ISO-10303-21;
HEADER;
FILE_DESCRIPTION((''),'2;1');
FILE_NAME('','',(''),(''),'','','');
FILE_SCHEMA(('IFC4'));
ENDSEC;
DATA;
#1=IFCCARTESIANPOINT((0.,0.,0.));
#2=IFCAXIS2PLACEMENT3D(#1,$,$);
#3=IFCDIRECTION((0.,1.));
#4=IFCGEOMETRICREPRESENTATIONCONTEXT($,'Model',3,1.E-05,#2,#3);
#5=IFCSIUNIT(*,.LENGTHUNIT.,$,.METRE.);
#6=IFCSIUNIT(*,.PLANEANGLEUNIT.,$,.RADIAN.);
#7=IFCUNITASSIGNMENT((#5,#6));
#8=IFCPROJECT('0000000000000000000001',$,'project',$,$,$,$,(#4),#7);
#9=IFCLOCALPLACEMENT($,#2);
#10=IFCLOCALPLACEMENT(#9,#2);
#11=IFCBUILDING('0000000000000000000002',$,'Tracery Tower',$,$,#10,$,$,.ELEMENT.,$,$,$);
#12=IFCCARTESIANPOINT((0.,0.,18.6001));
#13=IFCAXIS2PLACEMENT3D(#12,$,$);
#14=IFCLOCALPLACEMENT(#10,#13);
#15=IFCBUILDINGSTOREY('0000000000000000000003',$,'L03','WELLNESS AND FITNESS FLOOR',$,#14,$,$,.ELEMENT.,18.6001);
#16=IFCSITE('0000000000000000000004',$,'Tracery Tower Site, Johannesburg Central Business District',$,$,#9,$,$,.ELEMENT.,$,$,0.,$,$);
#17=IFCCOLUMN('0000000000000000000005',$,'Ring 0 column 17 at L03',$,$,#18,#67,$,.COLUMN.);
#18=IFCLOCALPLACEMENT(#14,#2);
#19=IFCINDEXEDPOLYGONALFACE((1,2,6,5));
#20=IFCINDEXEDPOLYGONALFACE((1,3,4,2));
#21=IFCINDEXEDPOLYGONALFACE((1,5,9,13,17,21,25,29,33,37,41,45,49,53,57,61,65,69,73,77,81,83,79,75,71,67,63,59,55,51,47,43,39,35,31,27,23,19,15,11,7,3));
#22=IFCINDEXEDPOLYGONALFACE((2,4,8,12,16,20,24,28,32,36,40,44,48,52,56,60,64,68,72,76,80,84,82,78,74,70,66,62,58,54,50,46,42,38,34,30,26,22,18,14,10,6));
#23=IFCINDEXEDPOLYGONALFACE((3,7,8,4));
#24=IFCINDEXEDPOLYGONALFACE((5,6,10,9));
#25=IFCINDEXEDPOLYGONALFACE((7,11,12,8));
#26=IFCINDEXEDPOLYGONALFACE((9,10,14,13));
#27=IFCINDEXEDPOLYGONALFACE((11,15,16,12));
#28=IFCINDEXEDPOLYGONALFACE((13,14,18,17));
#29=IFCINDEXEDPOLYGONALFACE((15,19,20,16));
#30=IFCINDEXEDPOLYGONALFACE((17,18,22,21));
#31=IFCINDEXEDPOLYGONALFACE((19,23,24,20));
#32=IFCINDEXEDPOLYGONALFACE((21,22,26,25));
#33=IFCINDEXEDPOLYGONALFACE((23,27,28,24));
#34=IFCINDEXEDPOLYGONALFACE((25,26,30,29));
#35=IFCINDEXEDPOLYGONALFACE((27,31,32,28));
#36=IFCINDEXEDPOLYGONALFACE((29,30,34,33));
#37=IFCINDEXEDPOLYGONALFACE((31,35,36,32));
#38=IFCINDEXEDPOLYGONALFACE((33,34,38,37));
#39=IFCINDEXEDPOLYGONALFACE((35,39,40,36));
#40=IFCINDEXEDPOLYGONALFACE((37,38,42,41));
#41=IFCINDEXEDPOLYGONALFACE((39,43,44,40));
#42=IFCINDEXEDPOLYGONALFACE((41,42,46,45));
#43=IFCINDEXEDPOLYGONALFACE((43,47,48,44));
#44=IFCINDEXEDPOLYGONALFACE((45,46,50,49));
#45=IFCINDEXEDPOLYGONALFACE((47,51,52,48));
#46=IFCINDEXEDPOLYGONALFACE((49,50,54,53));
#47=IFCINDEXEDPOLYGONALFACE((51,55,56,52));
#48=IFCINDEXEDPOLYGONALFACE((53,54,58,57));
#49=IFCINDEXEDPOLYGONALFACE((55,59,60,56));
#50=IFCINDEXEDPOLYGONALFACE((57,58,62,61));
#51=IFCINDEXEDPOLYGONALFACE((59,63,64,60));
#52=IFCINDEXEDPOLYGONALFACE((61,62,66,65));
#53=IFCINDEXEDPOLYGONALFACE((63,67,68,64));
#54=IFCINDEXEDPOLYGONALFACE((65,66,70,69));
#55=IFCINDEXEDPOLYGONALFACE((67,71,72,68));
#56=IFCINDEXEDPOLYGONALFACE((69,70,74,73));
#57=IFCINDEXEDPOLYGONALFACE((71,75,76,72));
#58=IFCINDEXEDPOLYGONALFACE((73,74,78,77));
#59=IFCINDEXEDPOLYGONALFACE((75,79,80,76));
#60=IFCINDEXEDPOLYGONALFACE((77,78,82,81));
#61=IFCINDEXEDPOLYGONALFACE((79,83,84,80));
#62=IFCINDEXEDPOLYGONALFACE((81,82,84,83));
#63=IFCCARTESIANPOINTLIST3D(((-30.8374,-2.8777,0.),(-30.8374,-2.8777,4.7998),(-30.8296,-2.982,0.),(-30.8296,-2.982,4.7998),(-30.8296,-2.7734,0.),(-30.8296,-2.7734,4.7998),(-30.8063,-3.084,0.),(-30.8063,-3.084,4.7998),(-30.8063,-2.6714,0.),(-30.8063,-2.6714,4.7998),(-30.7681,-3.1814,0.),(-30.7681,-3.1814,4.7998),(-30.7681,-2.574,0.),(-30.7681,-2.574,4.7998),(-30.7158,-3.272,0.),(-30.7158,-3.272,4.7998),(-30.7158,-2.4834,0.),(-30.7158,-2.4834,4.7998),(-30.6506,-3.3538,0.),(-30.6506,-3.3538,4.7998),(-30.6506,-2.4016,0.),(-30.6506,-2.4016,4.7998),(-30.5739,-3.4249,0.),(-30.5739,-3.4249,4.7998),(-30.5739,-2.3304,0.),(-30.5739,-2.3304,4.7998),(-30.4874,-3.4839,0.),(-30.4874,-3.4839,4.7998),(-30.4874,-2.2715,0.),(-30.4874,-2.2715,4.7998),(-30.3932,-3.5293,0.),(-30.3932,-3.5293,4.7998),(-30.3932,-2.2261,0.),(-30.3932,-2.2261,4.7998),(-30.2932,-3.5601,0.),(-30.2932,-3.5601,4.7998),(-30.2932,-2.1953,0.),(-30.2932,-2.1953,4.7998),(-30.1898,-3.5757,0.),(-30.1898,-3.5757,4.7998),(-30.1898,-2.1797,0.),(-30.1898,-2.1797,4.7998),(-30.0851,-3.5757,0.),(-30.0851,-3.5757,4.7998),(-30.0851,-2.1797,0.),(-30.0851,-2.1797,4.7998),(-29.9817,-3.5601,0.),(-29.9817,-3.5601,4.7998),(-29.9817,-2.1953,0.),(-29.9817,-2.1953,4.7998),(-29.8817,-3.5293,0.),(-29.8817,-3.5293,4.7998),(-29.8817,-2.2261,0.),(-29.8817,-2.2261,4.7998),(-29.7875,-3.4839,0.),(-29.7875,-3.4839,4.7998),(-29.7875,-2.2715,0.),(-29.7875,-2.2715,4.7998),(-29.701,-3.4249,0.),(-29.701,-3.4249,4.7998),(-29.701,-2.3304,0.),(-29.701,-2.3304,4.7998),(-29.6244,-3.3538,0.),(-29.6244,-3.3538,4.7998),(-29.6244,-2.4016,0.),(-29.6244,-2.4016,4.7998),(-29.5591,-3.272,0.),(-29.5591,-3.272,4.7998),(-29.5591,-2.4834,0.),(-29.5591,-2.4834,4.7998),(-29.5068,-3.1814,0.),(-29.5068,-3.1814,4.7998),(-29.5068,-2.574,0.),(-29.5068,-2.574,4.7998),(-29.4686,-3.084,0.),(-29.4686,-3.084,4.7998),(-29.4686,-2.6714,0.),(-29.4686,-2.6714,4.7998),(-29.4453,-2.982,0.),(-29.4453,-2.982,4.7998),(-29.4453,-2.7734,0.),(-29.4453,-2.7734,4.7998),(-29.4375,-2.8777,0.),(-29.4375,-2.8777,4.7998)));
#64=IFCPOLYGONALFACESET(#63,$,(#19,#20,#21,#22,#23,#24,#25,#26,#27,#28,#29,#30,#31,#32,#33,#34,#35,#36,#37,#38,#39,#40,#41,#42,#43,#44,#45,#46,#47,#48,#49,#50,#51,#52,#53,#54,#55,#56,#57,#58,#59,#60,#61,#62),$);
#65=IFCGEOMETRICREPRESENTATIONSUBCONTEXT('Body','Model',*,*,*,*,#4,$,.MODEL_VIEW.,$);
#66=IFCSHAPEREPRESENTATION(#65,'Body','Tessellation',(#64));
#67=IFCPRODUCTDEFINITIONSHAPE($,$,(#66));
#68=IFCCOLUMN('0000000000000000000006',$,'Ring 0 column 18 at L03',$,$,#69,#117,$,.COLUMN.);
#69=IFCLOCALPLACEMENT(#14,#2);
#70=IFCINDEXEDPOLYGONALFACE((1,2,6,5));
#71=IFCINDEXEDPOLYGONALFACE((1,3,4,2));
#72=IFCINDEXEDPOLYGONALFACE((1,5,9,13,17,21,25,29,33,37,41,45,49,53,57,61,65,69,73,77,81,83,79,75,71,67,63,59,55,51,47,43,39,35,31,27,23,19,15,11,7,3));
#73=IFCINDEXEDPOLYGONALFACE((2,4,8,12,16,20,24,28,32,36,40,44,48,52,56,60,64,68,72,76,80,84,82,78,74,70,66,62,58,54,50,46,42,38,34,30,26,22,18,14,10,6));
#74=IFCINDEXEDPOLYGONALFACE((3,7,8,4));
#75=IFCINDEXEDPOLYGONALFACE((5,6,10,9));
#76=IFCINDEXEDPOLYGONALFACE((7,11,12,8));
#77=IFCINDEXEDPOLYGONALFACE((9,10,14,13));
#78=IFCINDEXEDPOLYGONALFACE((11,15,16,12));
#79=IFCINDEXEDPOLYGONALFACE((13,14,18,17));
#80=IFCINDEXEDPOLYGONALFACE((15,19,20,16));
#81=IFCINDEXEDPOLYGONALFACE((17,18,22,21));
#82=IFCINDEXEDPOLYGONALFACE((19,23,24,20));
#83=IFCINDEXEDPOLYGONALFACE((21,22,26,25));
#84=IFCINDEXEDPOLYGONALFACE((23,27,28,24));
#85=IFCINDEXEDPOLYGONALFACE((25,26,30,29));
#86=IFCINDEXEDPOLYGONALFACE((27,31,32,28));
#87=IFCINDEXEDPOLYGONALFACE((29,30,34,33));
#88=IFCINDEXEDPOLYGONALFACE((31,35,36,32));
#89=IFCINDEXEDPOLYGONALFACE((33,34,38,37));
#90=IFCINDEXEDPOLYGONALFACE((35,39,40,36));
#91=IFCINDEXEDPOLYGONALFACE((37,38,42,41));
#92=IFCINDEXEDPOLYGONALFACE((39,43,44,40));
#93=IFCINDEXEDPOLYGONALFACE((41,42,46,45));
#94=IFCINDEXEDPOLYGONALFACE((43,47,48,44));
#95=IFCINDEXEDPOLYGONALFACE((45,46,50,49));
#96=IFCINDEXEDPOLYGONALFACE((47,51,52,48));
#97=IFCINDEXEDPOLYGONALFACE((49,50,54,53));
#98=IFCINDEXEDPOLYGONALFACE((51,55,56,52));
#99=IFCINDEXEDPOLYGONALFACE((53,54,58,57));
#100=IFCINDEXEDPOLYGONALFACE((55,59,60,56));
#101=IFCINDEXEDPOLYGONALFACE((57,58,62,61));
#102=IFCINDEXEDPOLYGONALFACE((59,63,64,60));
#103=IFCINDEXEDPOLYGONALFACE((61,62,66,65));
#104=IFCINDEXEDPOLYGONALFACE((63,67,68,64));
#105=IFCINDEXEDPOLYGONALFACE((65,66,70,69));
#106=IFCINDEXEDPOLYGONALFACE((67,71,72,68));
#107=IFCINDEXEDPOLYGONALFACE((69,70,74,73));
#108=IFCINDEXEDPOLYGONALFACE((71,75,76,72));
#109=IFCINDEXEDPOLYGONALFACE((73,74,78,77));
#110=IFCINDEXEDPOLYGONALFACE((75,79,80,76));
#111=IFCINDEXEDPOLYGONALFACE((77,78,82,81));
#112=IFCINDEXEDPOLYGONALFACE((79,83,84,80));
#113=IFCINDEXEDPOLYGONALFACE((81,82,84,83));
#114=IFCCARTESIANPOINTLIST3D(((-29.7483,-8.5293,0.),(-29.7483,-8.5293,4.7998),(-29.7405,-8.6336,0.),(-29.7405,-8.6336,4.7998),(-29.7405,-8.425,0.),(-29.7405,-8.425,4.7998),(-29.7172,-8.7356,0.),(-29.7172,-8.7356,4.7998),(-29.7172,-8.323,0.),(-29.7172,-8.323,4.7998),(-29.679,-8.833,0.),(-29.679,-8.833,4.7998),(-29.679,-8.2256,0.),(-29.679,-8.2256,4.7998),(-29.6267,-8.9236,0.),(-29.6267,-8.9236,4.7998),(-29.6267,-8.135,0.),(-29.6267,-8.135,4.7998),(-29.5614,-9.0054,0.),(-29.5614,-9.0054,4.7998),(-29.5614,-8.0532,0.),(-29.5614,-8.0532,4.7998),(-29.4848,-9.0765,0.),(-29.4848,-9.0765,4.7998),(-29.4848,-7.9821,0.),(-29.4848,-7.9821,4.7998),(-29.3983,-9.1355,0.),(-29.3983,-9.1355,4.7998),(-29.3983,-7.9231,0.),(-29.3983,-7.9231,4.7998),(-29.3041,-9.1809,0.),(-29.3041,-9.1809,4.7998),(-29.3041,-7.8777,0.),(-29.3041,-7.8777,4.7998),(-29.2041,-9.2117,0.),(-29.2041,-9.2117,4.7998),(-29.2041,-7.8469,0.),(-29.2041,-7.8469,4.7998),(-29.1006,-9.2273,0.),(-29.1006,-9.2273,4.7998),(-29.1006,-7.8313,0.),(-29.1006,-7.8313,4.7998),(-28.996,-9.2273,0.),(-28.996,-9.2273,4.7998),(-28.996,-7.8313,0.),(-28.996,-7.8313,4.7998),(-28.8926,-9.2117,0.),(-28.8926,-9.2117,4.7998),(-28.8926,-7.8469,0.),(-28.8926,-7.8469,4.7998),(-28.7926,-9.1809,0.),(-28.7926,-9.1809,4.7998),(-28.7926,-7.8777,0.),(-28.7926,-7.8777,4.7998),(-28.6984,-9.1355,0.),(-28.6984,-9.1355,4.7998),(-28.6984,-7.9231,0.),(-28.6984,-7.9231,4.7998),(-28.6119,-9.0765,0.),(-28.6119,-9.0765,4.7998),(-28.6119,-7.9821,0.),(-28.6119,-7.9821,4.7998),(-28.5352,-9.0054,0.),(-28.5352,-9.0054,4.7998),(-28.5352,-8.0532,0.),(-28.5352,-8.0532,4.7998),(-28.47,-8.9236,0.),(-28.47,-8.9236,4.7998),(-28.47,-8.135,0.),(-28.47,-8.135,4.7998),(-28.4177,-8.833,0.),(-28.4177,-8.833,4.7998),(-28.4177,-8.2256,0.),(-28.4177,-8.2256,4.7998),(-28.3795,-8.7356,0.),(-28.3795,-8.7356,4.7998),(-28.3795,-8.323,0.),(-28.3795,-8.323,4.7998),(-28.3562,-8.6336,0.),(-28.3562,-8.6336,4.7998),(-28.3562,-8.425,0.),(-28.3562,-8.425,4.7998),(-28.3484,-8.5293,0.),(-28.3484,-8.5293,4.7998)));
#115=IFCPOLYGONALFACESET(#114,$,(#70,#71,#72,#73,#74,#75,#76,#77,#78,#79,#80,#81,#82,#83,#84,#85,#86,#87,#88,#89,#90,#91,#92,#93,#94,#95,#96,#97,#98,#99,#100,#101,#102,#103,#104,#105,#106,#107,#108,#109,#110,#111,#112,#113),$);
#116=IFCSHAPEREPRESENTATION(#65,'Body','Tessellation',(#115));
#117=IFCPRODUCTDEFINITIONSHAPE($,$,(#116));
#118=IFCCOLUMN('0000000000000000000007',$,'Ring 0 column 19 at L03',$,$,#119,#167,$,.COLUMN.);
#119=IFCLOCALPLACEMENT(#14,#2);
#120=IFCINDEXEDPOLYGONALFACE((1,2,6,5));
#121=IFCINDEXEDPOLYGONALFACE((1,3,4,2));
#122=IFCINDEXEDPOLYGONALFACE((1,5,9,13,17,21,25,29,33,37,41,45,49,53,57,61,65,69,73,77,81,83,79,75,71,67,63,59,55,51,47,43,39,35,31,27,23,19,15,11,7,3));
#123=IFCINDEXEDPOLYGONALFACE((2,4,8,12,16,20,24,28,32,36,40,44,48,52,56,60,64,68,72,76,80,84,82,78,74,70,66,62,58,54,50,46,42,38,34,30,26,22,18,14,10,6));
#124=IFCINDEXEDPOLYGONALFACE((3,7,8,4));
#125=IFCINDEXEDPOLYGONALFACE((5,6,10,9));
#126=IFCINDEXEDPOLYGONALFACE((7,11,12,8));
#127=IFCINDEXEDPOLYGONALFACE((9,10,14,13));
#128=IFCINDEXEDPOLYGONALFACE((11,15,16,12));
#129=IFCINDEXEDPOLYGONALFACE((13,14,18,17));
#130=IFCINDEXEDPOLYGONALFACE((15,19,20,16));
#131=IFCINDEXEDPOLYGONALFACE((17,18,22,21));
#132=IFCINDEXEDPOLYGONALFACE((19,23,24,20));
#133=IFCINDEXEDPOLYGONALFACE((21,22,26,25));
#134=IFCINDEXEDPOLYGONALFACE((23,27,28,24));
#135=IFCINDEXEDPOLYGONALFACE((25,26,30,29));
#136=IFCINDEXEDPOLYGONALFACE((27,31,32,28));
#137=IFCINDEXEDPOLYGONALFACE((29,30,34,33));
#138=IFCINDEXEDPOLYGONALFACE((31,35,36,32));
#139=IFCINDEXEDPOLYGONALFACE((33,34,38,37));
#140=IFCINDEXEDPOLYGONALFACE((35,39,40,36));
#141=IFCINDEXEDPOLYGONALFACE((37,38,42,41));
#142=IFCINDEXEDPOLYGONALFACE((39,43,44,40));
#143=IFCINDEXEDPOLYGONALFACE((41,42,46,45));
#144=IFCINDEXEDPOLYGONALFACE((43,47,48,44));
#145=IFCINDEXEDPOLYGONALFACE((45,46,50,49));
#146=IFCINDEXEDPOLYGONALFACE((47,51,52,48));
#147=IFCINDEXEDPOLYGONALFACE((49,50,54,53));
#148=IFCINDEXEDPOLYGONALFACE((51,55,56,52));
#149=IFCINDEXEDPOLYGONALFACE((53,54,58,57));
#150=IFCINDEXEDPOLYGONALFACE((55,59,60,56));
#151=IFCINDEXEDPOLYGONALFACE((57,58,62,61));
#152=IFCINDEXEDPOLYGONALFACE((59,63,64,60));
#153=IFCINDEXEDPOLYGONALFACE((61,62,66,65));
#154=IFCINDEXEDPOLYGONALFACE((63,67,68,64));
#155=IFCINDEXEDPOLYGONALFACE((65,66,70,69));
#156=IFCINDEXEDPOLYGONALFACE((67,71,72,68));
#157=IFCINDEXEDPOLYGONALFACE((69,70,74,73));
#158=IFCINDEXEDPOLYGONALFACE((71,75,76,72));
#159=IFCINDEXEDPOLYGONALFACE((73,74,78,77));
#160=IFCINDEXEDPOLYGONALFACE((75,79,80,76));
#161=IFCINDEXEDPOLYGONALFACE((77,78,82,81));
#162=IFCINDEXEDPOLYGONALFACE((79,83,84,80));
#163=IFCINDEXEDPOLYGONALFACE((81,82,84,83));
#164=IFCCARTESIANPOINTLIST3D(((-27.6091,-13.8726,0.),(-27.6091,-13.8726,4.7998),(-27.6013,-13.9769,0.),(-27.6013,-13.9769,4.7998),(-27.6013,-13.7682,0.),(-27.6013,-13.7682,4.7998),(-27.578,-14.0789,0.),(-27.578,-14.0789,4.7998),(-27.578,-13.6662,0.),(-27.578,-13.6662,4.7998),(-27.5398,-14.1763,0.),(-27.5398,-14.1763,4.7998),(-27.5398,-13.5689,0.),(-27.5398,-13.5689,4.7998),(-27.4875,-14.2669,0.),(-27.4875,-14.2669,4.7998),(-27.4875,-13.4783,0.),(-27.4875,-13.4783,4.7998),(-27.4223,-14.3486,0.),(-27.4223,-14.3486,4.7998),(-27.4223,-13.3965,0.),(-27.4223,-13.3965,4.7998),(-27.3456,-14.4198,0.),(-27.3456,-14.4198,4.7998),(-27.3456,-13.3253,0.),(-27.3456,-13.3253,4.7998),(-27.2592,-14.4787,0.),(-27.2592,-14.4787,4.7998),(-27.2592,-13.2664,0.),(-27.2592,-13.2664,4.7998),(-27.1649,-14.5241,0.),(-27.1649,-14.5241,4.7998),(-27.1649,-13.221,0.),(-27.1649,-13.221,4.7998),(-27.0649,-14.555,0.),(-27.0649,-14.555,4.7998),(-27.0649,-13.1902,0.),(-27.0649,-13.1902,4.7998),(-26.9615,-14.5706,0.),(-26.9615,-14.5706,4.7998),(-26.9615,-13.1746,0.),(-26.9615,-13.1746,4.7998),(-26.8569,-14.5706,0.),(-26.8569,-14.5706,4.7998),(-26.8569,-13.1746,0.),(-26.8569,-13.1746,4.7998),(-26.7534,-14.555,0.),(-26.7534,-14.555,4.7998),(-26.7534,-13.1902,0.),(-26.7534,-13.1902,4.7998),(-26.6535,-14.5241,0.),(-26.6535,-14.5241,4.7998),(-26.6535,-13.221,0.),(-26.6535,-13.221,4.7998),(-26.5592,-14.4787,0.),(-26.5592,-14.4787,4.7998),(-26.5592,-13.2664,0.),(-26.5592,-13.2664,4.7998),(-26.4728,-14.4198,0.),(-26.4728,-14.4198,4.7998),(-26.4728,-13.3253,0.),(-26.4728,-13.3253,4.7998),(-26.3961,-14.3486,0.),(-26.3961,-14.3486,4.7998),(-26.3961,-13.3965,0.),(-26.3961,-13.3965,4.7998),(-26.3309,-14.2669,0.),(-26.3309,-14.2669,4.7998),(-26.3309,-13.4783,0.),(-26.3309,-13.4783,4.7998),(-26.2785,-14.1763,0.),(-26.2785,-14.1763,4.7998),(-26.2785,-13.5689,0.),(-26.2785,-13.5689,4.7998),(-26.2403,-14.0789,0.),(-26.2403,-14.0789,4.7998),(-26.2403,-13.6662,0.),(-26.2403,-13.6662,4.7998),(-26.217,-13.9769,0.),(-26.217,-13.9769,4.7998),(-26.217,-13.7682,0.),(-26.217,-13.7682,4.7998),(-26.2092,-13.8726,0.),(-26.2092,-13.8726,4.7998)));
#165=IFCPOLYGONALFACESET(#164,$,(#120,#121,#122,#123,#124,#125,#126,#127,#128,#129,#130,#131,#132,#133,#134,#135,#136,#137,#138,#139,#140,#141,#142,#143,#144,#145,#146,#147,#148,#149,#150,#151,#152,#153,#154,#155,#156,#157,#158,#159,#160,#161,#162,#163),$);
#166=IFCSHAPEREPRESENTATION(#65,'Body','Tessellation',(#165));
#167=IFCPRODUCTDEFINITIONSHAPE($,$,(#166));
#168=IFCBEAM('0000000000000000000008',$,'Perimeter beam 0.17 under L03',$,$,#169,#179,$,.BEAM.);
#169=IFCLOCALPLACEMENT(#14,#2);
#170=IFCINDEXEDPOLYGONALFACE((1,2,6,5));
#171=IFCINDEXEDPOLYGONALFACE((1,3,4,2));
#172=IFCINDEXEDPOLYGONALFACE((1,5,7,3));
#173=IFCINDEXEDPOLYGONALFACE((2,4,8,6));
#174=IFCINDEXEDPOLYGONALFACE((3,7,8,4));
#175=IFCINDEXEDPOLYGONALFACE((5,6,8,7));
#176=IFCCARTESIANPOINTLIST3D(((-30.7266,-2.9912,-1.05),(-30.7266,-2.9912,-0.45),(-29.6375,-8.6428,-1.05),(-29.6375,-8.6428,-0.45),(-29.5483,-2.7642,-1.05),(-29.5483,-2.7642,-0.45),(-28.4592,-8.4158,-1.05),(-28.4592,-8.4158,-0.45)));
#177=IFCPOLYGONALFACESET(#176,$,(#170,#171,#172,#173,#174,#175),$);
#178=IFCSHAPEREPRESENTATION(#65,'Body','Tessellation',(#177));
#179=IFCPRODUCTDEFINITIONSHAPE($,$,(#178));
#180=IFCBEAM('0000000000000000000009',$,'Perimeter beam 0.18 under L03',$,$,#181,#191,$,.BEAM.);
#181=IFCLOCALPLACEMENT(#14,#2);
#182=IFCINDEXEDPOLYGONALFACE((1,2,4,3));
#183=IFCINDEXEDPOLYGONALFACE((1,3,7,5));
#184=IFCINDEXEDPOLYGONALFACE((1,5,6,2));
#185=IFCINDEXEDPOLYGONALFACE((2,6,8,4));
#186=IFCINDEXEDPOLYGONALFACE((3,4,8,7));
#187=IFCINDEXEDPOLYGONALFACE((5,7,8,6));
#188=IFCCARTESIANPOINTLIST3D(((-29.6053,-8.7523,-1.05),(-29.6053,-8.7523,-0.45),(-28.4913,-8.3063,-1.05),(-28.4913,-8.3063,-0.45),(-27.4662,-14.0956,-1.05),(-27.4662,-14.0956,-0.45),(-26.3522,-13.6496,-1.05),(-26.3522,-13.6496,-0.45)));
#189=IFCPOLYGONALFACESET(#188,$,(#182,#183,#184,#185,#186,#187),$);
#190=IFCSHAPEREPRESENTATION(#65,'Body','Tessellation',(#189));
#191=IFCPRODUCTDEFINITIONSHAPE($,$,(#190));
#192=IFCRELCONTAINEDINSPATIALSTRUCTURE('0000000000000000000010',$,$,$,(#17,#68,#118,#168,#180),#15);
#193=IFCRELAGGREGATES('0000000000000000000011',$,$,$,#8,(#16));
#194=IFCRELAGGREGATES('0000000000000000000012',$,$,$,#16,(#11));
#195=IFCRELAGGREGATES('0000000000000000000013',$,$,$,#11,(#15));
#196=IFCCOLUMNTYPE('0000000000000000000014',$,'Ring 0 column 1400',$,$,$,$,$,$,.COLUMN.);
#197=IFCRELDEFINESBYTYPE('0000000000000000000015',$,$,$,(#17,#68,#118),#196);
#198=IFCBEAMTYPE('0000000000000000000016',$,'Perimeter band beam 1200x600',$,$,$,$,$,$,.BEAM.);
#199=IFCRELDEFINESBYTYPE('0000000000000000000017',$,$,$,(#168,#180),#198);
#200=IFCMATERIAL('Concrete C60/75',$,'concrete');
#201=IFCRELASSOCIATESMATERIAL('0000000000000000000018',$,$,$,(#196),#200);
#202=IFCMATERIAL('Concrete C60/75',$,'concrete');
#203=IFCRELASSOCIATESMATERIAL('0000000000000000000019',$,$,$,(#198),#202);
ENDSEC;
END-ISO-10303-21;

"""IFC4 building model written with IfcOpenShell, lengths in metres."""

from ifc_helpers import new_model, si_unit, direction, frame, origin, origin_2d, place, context, subcontext, project, spatial, rectangle, circle, extrude, material, material_profile, profile_set, type_object, element, save


model = new_model("IFC4")

# Units and contexts
model_context = context("Model", 3, precision=1e-05, world=origin(), true_north=direction((0.0, 1.0)))
body_context = subcontext(model_context, "Body", "Model", "MODEL_VIEW")
ifc_project = project(units=[si_unit("LENGTHUNIT", "METRE"), si_unit("PLANEANGLEUNIT", "RADIAN")], contexts=[model_context])

# Site, building, storey
site_placement = place(None, origin())
site = spatial("IfcSite", under=ifc_project, at=site_placement, Name="Tracery Tower Site, Johannesburg Central Business District", CompositionType="ELEMENT", RefElevation=0.0)
building_placement = place(site_placement, origin())
building = spatial("IfcBuilding", under=site, at=building_placement, Name="Tracery Tower", CompositionType="ELEMENT")
storey_placement = place(building_placement, frame((0.0, 0.0, 18.6001)))
storey = spatial("IfcBuildingStorey", under=building, at=storey_placement, Name="L03", Description="WELLNESS AND FITNESS FLOOR", CompositionType="ELEMENT", Elevation=18.6001)

# Columns
ifc_material_1 = material(Name="Concrete C60/75", Category="concrete")
ifc_material_profile_1 = material_profile(ifc_material_1, circle(Radius=0.7, at=origin_2d()), Name="RC D1400")
ifc_profile_set_1 = profile_set([ifc_material_profile_1], Name="Concrete C60/75")
column_type = type_object("IfcColumnType", Name="Ring 0 column 1400", PredefinedType="COLUMN", material=ifc_profile_set_1)
for number, where, z_axis, x_axis, name in (
    (1, (-30.1375, -2.8777, 0.0), (0.0, 0.0, 1.0), (1.0, 0.0, 0.0), "Ring 0 column 17 at L03"),
    (2, (-29.0483, -8.5293, 0.0), (0.0, 0.0, 1.0), (1.0, 0.0, 0.0), "Ring 0 column 18 at L03"),
    (3, (-26.9092, -13.8726, 0.0), (0.0, 0.0, 1.0), (1.0, 0.0, 0.0), "Ring 0 column 19 at L03"),
):
    element("IfcColumn", number, at=place(storey_placement, frame(where, z_axis=z_axis, x_axis=x_axis)), inside=storey, type_object=column_type, Name=name, PredefinedType="COLUMN", context=body_context, shape_type="SweptSolid", body=[
        extrude(circle(Radius=0.7, at=origin_2d()), origin(), (0.0, 0.0, 1.0), 4.7998),
    ])

# Beams
ifc_material_2 = material(Name="Concrete C60/75", Category="concrete")
ifc_material_profile_2 = material_profile(ifc_material_2, rectangle(XDim=1.2, YDim=0.6001, at=origin_2d()), Name="RC 1200x600")
ifc_profile_set_2 = profile_set([ifc_material_profile_2], Name="Concrete C60/75")
beam_type = type_object("IfcBeamType", Name="Perimeter band beam 1200x600", PredefinedType="BEAM", material=ifc_profile_set_2)
for number, where, z_axis, x_axis, name in (
    (4, (-30.1375, -2.8777, -0.75), (0.189227, -0.981933, 0.0), (0.981933, 0.189227, 0.0), "Perimeter beam 0.17 under L03"),
    (5, (-29.0483, -8.5293, -0.75), (0.371669, -0.928365, 0.0), (0.928365, 0.371669, 0.0), "Perimeter beam 0.18 under L03"),
):
    element("IfcBeam", number, at=place(storey_placement, frame(where, z_axis=z_axis, x_axis=x_axis)), inside=storey, type_object=beam_type, Name=name, PredefinedType="BEAM", context=body_context, shape_type="SweptSolid", body=[
        extrude(rectangle(XDim=1.2, YDim=0.6001, at=origin_2d()), origin(), (0.0, 0.0, 1.0), 5.7556),
    ])

save(model, "model.ifc")
